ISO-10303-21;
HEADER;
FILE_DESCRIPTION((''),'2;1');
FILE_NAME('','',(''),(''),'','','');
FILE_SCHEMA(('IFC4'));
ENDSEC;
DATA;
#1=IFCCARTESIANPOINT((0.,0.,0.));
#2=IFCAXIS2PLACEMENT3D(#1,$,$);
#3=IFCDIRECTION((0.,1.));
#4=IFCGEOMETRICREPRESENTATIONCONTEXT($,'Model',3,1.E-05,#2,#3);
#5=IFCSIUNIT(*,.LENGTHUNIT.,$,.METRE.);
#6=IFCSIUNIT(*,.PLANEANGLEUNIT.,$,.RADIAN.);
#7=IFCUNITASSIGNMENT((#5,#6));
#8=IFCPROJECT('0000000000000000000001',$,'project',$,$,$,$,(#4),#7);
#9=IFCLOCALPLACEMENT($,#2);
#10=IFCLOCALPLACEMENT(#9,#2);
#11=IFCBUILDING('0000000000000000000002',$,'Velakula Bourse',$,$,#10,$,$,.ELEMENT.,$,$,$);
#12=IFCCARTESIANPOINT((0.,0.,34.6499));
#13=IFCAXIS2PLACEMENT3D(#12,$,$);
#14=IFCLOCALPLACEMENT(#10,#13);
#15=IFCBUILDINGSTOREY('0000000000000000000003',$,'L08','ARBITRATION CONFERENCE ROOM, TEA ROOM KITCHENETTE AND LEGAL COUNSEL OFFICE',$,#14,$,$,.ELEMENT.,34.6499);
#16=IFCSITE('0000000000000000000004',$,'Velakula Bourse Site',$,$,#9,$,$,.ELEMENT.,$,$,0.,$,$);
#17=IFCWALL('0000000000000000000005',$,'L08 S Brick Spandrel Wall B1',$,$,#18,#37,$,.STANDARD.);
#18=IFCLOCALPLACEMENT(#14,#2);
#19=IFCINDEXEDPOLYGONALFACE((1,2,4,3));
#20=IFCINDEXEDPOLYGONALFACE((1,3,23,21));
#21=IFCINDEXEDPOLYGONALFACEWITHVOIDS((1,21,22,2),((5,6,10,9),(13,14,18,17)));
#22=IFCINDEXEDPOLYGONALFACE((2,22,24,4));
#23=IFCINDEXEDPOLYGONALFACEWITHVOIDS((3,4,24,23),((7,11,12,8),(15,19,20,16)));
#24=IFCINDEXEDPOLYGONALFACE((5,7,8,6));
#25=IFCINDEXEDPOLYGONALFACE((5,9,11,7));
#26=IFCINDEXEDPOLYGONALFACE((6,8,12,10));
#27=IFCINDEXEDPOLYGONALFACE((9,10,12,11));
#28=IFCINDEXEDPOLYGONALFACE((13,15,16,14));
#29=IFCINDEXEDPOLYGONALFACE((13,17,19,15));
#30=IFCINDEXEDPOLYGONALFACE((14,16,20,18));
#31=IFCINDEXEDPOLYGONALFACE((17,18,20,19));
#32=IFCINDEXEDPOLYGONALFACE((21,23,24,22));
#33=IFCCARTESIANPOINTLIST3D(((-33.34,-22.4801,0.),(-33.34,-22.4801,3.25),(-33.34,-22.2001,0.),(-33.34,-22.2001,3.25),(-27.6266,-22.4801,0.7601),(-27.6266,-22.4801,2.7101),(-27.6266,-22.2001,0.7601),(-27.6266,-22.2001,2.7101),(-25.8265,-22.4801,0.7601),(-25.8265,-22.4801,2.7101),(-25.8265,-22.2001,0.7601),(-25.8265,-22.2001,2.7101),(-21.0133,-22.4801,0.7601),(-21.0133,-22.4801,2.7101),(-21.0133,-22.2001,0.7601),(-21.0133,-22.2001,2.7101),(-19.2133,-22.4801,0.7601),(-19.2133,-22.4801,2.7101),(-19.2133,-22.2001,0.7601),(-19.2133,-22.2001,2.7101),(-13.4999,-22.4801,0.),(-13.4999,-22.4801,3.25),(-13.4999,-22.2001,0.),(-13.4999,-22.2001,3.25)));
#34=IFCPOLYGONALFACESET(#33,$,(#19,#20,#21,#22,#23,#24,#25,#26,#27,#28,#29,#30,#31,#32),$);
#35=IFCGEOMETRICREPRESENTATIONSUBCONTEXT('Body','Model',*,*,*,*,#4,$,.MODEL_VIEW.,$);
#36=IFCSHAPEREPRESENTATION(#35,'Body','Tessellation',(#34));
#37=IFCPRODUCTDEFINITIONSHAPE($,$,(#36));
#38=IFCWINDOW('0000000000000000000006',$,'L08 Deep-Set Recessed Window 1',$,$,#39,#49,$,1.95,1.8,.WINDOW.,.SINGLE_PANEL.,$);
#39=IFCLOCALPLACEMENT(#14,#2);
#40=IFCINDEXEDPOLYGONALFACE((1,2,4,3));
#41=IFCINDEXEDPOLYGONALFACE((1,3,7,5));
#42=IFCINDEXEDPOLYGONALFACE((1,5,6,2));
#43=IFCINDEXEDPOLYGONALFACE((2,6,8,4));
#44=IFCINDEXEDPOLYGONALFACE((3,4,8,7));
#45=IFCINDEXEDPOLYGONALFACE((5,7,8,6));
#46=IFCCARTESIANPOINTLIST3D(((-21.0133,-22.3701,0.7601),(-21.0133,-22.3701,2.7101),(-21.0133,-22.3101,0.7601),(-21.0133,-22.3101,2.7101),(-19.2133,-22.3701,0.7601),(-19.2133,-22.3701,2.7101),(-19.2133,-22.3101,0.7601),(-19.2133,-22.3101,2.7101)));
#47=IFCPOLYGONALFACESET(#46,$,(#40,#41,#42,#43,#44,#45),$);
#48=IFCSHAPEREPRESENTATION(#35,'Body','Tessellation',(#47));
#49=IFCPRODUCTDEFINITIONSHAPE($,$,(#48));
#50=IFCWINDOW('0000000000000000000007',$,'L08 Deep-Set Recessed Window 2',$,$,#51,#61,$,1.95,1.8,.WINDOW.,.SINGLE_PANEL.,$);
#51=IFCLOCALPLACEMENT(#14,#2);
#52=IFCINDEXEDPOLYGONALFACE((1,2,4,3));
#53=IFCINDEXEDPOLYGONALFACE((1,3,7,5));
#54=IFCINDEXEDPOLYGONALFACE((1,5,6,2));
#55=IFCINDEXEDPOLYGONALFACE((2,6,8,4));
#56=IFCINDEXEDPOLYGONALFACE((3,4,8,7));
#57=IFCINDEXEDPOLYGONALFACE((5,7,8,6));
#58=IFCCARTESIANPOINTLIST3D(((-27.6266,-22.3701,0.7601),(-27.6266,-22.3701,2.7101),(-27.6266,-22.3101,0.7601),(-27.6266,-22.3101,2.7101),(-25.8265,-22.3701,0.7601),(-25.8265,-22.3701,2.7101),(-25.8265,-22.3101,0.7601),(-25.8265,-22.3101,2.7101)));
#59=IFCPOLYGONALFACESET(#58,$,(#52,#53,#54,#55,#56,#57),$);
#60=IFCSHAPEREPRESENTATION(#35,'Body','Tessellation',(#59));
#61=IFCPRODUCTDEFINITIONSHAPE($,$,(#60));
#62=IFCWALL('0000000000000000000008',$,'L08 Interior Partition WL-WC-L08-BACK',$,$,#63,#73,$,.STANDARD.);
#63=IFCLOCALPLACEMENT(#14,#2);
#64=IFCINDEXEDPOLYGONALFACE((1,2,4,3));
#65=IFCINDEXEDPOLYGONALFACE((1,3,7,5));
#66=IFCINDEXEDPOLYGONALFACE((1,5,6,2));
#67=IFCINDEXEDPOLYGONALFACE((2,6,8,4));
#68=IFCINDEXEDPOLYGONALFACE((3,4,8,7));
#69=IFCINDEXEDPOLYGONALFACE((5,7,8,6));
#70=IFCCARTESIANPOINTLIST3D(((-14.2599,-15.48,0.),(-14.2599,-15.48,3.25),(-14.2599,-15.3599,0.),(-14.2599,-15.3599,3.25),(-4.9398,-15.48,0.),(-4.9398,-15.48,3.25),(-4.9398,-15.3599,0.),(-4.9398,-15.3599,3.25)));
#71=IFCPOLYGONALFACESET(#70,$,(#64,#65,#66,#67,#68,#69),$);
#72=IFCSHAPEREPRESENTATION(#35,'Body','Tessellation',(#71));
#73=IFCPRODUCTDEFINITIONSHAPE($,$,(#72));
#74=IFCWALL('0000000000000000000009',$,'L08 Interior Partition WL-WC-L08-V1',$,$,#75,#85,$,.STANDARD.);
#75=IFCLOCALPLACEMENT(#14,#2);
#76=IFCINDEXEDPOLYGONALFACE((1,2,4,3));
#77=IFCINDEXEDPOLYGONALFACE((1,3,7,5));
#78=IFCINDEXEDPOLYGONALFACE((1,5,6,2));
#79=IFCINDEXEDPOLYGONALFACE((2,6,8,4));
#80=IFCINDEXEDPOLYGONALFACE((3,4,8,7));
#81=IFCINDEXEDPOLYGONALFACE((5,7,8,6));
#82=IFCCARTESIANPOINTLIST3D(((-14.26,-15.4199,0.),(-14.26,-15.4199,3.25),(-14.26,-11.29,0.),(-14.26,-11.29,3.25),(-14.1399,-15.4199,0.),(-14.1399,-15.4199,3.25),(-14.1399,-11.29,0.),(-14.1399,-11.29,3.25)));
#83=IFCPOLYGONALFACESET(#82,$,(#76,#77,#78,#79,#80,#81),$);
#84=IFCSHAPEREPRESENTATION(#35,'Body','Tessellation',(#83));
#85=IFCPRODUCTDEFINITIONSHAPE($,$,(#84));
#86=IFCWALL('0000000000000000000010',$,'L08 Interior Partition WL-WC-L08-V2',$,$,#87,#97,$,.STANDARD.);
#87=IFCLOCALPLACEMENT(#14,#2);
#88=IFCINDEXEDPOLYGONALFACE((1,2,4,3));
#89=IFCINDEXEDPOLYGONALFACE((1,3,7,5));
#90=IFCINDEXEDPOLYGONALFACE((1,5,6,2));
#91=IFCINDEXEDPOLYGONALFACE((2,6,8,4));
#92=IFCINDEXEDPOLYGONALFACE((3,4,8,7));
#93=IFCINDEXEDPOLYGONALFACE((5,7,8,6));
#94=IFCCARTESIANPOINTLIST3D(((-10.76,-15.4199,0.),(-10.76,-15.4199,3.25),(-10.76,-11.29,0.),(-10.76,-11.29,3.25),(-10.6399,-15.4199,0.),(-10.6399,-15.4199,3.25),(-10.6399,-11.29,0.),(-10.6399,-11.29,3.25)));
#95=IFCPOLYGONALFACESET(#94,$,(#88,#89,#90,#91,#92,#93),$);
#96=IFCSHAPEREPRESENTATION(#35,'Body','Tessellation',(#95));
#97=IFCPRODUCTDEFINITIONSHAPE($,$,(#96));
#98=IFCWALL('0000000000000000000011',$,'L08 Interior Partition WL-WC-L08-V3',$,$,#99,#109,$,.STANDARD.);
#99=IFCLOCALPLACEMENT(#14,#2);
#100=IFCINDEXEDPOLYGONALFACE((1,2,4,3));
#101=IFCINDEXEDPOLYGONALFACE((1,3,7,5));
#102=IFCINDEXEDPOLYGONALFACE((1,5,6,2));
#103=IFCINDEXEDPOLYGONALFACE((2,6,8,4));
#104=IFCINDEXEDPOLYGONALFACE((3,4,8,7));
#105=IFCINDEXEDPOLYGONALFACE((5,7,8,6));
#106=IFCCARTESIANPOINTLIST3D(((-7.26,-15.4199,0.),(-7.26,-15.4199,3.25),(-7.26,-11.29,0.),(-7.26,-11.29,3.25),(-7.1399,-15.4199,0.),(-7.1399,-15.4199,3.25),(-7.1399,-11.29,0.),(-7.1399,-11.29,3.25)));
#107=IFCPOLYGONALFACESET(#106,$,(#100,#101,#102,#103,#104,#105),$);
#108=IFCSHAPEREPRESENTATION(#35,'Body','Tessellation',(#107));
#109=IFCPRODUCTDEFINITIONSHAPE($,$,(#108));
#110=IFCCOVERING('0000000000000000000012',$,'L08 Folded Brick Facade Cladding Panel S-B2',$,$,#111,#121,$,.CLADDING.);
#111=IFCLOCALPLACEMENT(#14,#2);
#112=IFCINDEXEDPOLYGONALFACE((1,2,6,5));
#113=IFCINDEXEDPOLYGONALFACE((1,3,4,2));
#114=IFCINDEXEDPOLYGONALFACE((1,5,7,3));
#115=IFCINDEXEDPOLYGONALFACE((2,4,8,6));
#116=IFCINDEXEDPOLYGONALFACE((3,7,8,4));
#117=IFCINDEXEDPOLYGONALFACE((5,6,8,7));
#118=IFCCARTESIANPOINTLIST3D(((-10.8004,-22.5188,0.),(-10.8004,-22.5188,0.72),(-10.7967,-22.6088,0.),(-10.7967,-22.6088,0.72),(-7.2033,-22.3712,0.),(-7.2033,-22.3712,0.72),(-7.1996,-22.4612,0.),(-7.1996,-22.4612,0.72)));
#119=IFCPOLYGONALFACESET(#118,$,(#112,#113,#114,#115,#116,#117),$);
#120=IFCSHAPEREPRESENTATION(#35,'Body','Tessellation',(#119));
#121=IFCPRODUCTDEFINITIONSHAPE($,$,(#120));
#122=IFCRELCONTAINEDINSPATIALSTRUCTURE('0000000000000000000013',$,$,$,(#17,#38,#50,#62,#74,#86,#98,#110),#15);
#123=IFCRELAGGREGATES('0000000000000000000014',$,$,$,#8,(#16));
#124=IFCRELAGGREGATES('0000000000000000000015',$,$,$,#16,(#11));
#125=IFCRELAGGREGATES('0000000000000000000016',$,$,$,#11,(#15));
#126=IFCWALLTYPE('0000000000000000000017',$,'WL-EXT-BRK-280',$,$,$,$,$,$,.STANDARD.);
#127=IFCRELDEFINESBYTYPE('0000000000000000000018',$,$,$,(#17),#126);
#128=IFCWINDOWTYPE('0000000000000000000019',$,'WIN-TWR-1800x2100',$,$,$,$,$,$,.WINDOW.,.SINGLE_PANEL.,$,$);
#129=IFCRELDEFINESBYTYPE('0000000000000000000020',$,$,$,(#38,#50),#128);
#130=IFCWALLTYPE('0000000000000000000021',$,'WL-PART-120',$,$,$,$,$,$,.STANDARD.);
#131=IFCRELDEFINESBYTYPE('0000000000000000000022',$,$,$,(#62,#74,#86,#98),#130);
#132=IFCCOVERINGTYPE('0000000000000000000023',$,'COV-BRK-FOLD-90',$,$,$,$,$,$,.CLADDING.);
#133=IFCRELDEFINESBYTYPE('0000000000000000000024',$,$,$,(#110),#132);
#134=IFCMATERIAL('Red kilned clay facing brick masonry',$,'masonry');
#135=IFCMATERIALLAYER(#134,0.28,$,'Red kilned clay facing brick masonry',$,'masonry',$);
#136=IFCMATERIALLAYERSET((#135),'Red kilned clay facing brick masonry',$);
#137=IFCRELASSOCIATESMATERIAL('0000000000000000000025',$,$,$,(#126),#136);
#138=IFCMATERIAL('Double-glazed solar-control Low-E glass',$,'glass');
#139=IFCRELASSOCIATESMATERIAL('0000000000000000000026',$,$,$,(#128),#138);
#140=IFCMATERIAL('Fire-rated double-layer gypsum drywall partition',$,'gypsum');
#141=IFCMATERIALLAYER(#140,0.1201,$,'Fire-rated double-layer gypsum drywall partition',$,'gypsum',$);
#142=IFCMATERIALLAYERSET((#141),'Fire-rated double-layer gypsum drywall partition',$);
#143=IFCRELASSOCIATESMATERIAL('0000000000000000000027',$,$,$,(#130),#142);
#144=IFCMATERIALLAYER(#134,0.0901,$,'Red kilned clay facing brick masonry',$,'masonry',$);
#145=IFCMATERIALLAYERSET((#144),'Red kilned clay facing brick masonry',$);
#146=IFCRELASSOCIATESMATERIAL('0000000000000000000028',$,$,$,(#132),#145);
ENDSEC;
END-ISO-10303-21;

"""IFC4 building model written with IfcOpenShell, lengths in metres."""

from ifc_helpers import new_model, si_unit, direction, frame, frame_2d, origin, origin_2d, place, context, subcontext, project, spatial, rectangle, extrude, material, layer, layer_set, type_object, element, fill, save


model = new_model("IFC4")

# Units and contexts
model_context = context("Model", 3, precision=1e-05, world=origin(), true_north=direction((0.0, 1.0)))
body_context = subcontext(model_context, "Body", "Model", "MODEL_VIEW")
ifc_project = project(units=[si_unit("LENGTHUNIT", "METRE"), si_unit("PLANEANGLEUNIT", "RADIAN")], contexts=[model_context])

# Site, building, storey
site_placement = place(None, origin())
site = spatial("IfcSite", under=ifc_project, at=site_placement, Name="Velakula Bourse Site", CompositionType="ELEMENT", RefElevation=0.0)
building_placement = place(site_placement, origin())
building = spatial("IfcBuilding", under=site, at=building_placement, Name="Velakula Bourse", CompositionType="ELEMENT")
storey_placement = place(building_placement, frame((0.0, 0.0, 34.6499)))
storey = spatial("IfcBuildingStorey", under=building, at=storey_placement, Name="L08", Description="ARBITRATION CONFERENCE ROOM, TEA ROOM KITCHENETTE AND LEGAL COUNSEL OFFICE", CompositionType="ELEMENT", Elevation=34.6499)

# Wall, openings, windows
ifc_material_1 = material(Name="Red kilned clay facing brick masonry", Category="masonry")
ifc_layer_1 = layer(ifc_material_1, 0.28, Name="Red kilned clay facing brick masonry", Category="masonry")
ifc_layer_set_1 = layer_set([ifc_layer_1], Name="Red kilned clay facing brick masonry")
wall_type_1 = type_object("IfcWallType", Name="WL-EXT-BRK-280", PredefinedType="STANDARD", material=ifc_layer_set_1)
wall_1_placement = place(storey_placement, frame((-13.5, -22.3401, 0.0), z_axis=(0.0, 0.0, 1.0), x_axis=(-1.0, 0.0, 0.0)))
wall_1 = element("IfcWall", 1, at=wall_1_placement, inside=storey, type_object=wall_type_1, Name="L08 S Brick Spandrel Wall B1", PredefinedType="STANDARD", context=body_context, shape_type="SweptSolid", body=[
    extrude(rectangle(XDim=19.8401, YDim=0.28, at=frame_2d((9.9199, 0.0))), origin(), (0.0, 0.0, 1.0), 3.25),
])
opening_1_placement = place(wall_1_placement, frame((5.7134, 0.0, 0.76)))
opening_1 = element("IfcOpeningElement", 2, at=opening_1_placement, cuts=wall_1, PredefinedType="OPENING", context=body_context, shape_type="SweptSolid", body=[
    extrude(rectangle(XDim=1.8, YDim=1.95, at=frame_2d((0.8999, 0.9751))), frame((0.0, 0.1499, 0.0), z_axis=(0.0, -1.0, 0.0), x_axis=(1.0, 0.0, 0.0)), (0.0, 0.0, 1.0), 0.3),
])
opening_2_placement = place(wall_1_placement, frame((12.3267, 0.0, 0.76)))
opening_2 = element("IfcOpeningElement", 3, at=opening_2_placement, cuts=wall_1, PredefinedType="OPENING", context=body_context, shape_type="SweptSolid", body=[
    extrude(rectangle(XDim=1.8, YDim=1.95, at=frame_2d((0.8999, 0.9751))), frame((0.0, 0.1499, 0.0), z_axis=(0.0, -1.0, 0.0), x_axis=(1.0, 0.0, 0.0)), (0.0, 0.0, 1.0), 0.3),
])
ifc_material_2 = material(Name="Double-glazed solar-control Low-E glass", Category="glass")
window_type = type_object("IfcWindowType", Name="WIN-TWR-1800x2100", PartitioningType="SINGLE_PANEL", PredefinedType="WINDOW", material=ifc_material_2)
window_1_placement = place(opening_1_placement, origin())
window_1 = element("IfcWindow", 4, at=window_1_placement, inside=storey, type_object=window_type, Name="L08 Deep-Set Recessed Window 1", OverallHeight=1.95, OverallWidth=1.8, PartitioningType="SINGLE_PANEL", PredefinedType="WINDOW", context=body_context, shape_type="SweptSolid", body=[
    extrude(rectangle(XDim=1.8, YDim=1.95, at=frame_2d((0.8999, 0.9751))), frame((0.0, 0.03, 0.0), z_axis=(0.0, -1.0, 0.0), x_axis=(1.0, 0.0, 0.0)), (0.0, 0.0, 1.0), 0.0601),
])
fill(opening_1, window_1)
window_2_placement = place(opening_2_placement, origin())
window_2 = element("IfcWindow", 5, at=window_2_placement, inside=storey, type_object=window_type, Name="L08 Deep-Set Recessed Window 2", OverallHeight=1.95, OverallWidth=1.8, PartitioningType="SINGLE_PANEL", PredefinedType="WINDOW", context=body_context, shape_type="SweptSolid", body=[
    extrude(rectangle(XDim=1.8, YDim=1.95, at=frame_2d((0.8999, 0.9751))), frame((0.0, 0.03, 0.0), z_axis=(0.0, -1.0, 0.0), x_axis=(1.0, 0.0, 0.0)), (0.0, 0.0, 1.0), 0.0601),
])
fill(opening_2, window_2)

# Walls
ifc_material_3 = material(Name="Fire-rated double-layer gypsum drywall partition", Category="gypsum")
ifc_layer_2 = layer(ifc_material_3, 0.1201, Name="Fire-rated double-layer gypsum drywall partition", Category="gypsum")
ifc_layer_set_2 = layer_set([ifc_layer_2], Name="Fire-rated double-layer gypsum drywall partition")
wall_type_2 = type_object("IfcWallType", Name="WL-PART-120", PredefinedType="STANDARD", material=ifc_layer_set_2)
wall_2_placement = place(storey_placement, frame((-14.26, -15.4199, 0.0), z_axis=(0.0, 0.0, 1.0), x_axis=(1.0, 0.0, 0.0)))
element("IfcWall", 6, at=wall_2_placement, inside=storey, type_object=wall_type_2, Name="L08 Interior Partition WL-WC-L08-BACK", PredefinedType="STANDARD", context=body_context, shape_type="SweptSolid", body=[
    extrude(rectangle(XDim=9.3201, YDim=0.1201, at=frame_2d((4.6602, 0.0))), origin(), (0.0, 0.0, 1.0), 3.25),
])
for number, where, z_axis, x_axis, name in (
    (7, (-14.2, -15.4199, 0.0), (0.0, 0.0, 1.0), (0.0, 1.0, 0.0), "L08 Interior Partition WL-WC-L08-V1"),
    (8, (-10.7, -15.4199, 0.0), (0.0, 0.0, 1.0), (0.0, 1.0, 0.0), "L08 Interior Partition WL-WC-L08-V2"),
    (9, (-7.2, -15.4199, 0.0), (0.0, 0.0, 1.0), (0.0, 1.0, 0.0), "L08 Interior Partition WL-WC-L08-V3"),
):
    element("IfcWall", number, at=place(storey_placement, frame(where, z_axis=z_axis, x_axis=x_axis)), inside=storey, type_object=wall_type_2, Name=name, PredefinedType="STANDARD", context=body_context, shape_type="SweptSolid", body=[
        extrude(rectangle(XDim=4.1299, YDim=0.1201, at=frame_2d((2.0649, 0.0))), origin(), (0.0, 0.0, 1.0), 3.25),
    ])

# Covering
ifc_layer_3 = layer(ifc_material_1, 0.0901, Name="Red kilned clay facing brick masonry", Category="masonry")
ifc_layer_set_3 = layer_set([ifc_layer_3], Name="Red kilned clay facing brick masonry")
covering_type = type_object("IfcCoveringType", Name="COV-BRK-FOLD-90", PredefinedType="CLADDING", material=ifc_layer_set_3)
covering_placement = place(storey_placement, frame((-9.0, -22.49, 0.0), z_axis=(0.0, 0.0, 1.0), x_axis=(0.999159, 0.041004, 0.0)))
element("IfcCovering", 10, at=covering_placement, inside=storey, type_object=covering_type, Name="L08 Folded Brick Facade Cladding Panel S-B2", PredefinedType="CLADDING", context=body_context, shape_type="SweptSolid", body=[
    extrude(rectangle(XDim=3.6001, YDim=0.0901, at=origin_2d()), origin(), (0.0, 0.0, 1.0), 0.72),
])

save(model, "model.ifc")
